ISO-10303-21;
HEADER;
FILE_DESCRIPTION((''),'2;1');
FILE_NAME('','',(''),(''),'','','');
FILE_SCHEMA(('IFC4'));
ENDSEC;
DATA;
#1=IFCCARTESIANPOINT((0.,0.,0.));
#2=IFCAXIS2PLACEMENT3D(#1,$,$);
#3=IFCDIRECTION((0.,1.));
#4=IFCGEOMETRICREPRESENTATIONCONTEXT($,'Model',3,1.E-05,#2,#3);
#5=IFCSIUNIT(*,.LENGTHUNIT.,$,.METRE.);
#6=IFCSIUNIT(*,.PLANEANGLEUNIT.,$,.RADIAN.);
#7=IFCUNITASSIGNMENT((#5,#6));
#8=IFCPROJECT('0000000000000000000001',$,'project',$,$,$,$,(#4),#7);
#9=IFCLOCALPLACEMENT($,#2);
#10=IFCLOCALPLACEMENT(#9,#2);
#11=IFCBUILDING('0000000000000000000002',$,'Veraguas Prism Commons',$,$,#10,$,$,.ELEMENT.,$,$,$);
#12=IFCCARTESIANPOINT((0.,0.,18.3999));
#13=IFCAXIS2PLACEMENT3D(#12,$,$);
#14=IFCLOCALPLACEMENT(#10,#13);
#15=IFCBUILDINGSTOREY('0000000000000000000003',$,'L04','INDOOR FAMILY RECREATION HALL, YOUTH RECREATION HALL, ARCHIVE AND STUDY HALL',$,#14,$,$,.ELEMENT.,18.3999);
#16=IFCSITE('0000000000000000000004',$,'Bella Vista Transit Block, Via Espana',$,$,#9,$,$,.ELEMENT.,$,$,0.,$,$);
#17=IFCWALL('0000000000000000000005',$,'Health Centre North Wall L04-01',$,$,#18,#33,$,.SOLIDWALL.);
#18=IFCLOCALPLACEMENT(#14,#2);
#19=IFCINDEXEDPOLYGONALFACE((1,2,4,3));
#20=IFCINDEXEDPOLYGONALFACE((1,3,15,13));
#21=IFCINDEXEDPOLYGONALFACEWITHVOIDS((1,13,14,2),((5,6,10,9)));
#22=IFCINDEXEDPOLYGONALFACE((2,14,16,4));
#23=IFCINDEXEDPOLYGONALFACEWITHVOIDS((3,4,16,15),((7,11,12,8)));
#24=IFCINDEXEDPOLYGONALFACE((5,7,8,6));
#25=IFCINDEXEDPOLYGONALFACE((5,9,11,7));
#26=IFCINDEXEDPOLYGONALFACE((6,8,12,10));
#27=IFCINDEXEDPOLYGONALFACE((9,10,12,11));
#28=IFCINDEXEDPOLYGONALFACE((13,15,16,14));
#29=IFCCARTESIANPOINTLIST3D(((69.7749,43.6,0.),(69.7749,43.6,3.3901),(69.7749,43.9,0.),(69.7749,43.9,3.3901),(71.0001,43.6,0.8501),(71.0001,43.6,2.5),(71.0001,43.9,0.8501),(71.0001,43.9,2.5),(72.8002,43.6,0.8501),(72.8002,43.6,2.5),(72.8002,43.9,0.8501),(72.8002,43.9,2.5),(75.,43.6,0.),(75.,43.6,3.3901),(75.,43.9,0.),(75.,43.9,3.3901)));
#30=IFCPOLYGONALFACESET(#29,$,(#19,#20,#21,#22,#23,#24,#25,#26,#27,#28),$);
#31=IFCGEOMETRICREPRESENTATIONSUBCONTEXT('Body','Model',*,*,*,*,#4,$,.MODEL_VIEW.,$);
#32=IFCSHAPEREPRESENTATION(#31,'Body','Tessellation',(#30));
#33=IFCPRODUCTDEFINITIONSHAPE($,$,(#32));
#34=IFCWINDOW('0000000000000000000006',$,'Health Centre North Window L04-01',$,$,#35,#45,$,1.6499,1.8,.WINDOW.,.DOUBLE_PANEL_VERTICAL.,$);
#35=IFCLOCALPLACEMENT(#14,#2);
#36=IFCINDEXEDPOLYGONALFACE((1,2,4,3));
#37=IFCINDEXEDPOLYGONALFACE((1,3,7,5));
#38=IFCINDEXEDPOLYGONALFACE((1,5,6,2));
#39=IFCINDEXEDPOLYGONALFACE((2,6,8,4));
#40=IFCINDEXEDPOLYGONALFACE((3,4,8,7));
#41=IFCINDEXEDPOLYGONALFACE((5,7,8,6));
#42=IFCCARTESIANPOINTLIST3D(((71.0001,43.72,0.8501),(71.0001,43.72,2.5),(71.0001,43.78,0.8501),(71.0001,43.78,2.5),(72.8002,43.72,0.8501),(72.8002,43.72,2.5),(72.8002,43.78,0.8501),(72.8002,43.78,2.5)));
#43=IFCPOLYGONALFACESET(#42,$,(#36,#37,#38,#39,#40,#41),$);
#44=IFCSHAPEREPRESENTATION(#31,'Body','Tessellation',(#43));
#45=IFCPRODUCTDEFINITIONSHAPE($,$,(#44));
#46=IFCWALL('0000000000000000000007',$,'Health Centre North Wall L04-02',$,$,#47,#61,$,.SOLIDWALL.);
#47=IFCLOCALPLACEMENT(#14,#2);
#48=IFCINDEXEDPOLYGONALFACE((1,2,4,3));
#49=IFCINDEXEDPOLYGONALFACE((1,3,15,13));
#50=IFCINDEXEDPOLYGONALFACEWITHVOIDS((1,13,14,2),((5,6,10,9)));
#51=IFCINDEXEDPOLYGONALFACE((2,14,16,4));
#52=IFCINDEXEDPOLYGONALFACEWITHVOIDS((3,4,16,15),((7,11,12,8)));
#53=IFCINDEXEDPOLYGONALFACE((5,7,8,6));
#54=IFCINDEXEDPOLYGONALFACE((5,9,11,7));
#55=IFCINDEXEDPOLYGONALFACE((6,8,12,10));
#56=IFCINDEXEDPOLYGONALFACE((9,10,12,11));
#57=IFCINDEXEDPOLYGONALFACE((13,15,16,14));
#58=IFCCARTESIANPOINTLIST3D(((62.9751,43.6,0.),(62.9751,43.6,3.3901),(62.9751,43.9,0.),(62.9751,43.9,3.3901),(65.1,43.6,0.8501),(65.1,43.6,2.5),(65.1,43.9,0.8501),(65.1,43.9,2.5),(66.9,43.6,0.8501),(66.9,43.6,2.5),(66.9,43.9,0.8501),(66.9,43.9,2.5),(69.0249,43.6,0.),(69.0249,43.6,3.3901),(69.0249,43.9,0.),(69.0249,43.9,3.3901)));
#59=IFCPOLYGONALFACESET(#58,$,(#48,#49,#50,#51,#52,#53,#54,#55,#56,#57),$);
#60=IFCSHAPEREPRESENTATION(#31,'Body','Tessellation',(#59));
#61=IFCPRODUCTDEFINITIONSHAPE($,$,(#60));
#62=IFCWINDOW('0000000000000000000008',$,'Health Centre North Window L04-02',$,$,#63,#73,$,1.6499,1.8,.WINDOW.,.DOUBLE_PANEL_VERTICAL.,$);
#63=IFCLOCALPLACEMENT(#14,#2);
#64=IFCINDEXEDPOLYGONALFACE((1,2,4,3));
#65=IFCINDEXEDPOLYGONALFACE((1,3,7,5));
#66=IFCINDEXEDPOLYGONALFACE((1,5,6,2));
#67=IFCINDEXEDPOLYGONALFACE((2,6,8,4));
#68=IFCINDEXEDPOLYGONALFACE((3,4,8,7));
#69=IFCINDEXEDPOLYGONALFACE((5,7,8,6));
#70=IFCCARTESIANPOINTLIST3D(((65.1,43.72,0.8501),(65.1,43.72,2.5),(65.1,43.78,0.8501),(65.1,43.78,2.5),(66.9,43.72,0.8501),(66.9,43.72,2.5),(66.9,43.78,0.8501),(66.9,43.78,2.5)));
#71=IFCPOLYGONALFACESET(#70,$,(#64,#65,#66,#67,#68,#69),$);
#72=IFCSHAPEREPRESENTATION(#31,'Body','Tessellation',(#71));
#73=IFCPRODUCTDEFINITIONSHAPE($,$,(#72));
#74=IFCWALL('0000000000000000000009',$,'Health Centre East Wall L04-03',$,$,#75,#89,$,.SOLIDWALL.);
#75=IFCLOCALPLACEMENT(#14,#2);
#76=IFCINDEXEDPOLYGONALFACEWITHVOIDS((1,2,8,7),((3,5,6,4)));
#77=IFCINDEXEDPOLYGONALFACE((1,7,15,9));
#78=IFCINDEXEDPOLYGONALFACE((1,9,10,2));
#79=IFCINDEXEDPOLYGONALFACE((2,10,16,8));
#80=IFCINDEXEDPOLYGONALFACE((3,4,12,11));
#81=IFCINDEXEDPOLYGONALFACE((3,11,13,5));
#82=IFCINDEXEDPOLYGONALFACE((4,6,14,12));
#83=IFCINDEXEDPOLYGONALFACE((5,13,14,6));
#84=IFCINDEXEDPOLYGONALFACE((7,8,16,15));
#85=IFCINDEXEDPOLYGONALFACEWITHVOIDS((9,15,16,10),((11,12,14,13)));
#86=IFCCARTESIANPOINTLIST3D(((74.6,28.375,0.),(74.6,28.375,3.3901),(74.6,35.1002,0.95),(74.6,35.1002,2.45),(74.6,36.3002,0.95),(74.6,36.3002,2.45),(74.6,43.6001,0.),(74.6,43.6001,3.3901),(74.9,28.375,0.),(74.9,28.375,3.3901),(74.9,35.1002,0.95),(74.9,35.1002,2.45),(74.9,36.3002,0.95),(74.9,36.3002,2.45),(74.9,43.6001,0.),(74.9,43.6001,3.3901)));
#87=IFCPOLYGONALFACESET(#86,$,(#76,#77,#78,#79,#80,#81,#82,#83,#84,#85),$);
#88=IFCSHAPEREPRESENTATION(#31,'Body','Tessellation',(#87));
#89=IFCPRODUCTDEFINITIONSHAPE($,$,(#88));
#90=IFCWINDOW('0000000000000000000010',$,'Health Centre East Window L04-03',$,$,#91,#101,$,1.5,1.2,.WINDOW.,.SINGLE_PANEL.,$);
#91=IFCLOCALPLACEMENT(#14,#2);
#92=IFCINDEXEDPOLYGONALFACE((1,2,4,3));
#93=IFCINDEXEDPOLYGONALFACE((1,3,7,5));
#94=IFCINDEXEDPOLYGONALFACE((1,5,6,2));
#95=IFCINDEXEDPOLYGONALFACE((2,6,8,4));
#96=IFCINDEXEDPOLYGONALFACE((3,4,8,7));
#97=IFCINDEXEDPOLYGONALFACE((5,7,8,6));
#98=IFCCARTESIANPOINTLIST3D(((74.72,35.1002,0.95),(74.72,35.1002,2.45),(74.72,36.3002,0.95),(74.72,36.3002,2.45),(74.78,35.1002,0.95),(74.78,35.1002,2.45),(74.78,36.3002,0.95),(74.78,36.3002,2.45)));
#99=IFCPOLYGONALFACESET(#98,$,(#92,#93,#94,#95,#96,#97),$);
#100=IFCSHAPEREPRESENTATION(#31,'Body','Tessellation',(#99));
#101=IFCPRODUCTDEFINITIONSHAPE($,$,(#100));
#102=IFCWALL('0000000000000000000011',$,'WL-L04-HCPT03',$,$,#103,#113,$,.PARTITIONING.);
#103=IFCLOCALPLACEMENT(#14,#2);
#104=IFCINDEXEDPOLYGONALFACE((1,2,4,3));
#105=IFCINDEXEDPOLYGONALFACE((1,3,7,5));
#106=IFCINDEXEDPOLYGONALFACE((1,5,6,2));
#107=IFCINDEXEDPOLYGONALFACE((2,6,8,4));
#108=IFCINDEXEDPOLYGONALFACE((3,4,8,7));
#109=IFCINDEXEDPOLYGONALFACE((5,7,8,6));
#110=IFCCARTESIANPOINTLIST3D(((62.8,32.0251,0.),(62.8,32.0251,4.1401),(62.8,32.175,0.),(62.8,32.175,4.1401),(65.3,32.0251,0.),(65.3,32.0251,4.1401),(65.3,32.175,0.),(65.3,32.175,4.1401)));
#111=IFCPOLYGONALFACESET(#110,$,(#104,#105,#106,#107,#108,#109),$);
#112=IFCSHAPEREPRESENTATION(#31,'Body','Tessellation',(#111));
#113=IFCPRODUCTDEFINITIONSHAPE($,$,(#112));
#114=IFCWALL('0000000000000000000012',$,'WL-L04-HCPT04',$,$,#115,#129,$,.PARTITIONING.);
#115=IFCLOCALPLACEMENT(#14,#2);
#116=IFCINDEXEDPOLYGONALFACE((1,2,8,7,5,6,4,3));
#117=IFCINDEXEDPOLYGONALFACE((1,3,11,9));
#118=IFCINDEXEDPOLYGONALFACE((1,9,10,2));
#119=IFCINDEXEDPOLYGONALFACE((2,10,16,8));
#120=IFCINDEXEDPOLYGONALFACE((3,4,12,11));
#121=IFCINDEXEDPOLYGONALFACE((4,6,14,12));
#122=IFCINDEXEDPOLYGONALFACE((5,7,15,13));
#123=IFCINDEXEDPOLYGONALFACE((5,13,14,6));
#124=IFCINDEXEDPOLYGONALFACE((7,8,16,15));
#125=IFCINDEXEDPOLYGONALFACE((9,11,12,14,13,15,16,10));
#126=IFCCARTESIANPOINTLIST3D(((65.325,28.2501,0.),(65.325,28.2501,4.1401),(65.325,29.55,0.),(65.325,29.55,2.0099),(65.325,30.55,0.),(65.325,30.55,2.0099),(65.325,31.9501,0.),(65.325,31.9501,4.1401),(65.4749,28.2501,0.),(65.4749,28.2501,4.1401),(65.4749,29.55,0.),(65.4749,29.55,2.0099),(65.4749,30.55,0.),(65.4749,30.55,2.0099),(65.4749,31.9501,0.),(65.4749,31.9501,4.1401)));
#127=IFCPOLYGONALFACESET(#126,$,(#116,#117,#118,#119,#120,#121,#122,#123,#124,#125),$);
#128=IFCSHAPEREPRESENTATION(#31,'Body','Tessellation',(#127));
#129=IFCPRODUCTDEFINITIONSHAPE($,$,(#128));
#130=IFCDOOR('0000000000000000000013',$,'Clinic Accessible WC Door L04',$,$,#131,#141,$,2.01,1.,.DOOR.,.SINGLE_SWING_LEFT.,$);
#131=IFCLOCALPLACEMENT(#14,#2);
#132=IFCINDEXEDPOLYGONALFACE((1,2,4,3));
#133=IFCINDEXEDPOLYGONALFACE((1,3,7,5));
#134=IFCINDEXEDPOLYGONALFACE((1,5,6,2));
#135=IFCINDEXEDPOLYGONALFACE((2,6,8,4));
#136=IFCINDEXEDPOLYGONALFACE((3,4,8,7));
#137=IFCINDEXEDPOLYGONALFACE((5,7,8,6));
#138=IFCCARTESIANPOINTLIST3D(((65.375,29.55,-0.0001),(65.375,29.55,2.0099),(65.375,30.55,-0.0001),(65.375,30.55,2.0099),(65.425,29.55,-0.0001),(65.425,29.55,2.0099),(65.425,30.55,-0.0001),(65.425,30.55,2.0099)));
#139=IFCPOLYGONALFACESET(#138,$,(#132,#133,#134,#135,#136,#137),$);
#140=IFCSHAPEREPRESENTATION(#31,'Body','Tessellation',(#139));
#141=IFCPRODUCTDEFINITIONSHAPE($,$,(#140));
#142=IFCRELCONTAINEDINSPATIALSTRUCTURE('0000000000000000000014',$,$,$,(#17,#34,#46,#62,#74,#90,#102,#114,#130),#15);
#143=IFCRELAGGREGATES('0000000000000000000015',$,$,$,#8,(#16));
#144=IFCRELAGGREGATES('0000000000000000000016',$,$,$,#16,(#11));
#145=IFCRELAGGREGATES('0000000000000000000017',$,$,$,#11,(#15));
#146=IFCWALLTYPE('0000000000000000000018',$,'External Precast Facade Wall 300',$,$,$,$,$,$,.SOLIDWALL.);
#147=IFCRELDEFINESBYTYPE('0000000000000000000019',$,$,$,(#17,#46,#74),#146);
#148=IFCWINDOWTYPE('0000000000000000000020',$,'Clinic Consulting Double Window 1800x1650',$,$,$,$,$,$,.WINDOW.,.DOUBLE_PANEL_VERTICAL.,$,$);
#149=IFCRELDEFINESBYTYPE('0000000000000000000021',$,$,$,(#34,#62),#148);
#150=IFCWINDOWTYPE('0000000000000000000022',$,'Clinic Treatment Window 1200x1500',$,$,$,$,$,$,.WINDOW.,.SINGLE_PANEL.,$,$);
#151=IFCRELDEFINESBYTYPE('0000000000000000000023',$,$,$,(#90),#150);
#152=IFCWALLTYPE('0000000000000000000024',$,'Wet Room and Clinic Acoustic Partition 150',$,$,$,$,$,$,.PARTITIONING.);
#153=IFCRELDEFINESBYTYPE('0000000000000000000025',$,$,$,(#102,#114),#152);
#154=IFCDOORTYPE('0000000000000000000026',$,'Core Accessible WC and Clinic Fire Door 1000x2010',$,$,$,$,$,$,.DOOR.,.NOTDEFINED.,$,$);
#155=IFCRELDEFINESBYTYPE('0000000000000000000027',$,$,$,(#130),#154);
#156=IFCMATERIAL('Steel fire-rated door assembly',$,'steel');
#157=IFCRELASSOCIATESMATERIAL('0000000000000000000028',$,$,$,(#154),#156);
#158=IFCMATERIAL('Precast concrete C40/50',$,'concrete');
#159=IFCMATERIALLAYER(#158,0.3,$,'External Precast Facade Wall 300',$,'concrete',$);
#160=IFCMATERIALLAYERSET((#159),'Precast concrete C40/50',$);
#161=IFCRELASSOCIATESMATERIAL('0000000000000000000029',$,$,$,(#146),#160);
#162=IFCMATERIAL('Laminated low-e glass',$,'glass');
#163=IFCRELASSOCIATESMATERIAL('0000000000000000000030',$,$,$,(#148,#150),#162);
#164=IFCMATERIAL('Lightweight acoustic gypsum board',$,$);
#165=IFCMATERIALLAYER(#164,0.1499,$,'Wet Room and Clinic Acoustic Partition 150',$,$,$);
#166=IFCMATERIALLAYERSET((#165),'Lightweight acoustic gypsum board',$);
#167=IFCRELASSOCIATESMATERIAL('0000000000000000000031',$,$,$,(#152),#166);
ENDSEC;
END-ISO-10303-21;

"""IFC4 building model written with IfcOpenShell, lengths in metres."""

from ifc_helpers import new_model, si_unit, direction, frame, frame_2d, origin, place, context, subcontext, project, spatial, rectangle, extrude, source, transform, mapped, material, layer, layer_set, type_object, element, fill, save


model = new_model("IFC4")

# Units and contexts
model_context = context("Model", 3, precision=1e-05, world=origin(), true_north=direction((0.0, 1.0)))
body_context = subcontext(model_context, "Body", "Model", "MODEL_VIEW")
ifc_project = project(units=[si_unit("LENGTHUNIT", "METRE"), si_unit("PLANEANGLEUNIT", "RADIAN")], contexts=[model_context])

# Site, building, storey
site_placement = place(None, origin())
site = spatial("IfcSite", under=ifc_project, at=site_placement, Name="Bella Vista Transit Block, Via Espana", CompositionType="ELEMENT", RefElevation=0.0)
building_placement = place(site_placement, origin())
building = spatial("IfcBuilding", under=site, at=building_placement, Name="Veraguas Prism Commons", CompositionType="ELEMENT")
storey_placement = place(building_placement, frame((0.0, 0.0, 18.3999)))
storey = spatial("IfcBuildingStorey", under=building, at=storey_placement, Name="L04", Description="INDOOR FAMILY RECREATION HALL, YOUTH RECREATION HALL, ARCHIVE AND STUDY HALL", CompositionType="ELEMENT", Elevation=18.3999)

# Shared definitions
ifc_material_1 = material(Name="Steel fire-rated door assembly", Category="steel")

# Shared definitions
door_type_1 = type_object("IfcDoorType", Name="Core Accessible WC and Clinic Fire Door 1000x2010", OperationType="NOTDEFINED", PredefinedType="DOOR", material=ifc_material_1)
shared_shape_1 = source(origin(), body_context, "Body", "SweptSolid", [
    extrude(rectangle(XDim=1.0, YDim=2.01, at=frame_2d((0.5, 1.0049))), frame((0.0, 0.0249, 0.0), z_axis=(0.0, -1.0, 0.0), x_axis=(1.0, 0.0, 0.0)), (0.0, 0.0, 1.0), 0.05),
])

# Walls, openings, windows
ifc_material_2 = material(Name="Precast concrete C40/50", Category="concrete")
ifc_layer_1 = layer(ifc_material_2, 0.3, Name="External Precast Facade Wall 300", Category="concrete")
ifc_layer_set_1 = layer_set([ifc_layer_1], Name="Precast concrete C40/50")
wall_type_1 = type_object("IfcWallType", Name="External Precast Facade Wall 300", PredefinedType="SOLIDWALL", material=ifc_layer_set_1)
wall_1_placement = place(storey_placement, frame((75.0, 43.75, 0.0), z_axis=(0.0, 0.0, 1.0), x_axis=(-1.0, 0.0, 0.0)))
wall_1 = element("IfcWall", 1, at=wall_1_placement, inside=storey, type_object=wall_type_1, Name="Health Centre North Wall L04-01", PredefinedType="SOLIDWALL", context=body_context, shape_type="SweptSolid", body=[
    extrude(rectangle(XDim=5.2251, YDim=0.3, at=frame_2d((2.6125, 0.0))), origin(), (0.0, 0.0, 1.0), 3.3901),
])
opening_1_placement = place(wall_1_placement, frame((2.2, 0.0, 0.8501)))
opening_1 = element("IfcOpeningElement", 2, at=opening_1_placement, cuts=wall_1, PredefinedType="OPENING", context=body_context, shape_type="SweptSolid", body=[
    extrude(rectangle(XDim=1.8, YDim=1.6499, at=frame_2d((0.8999, 0.825))), frame((0.0, 0.1599, 0.0), z_axis=(0.0, -1.0, 0.0), x_axis=(1.0, 0.0, 0.0)), (0.0, 0.0, 1.0), 0.3201),
])
ifc_material_3 = material(Name="Laminated low-e glass", Category="glass")
window_type_1 = type_object("IfcWindowType", Name="Clinic Consulting Double Window 1800x1650", PartitioningType="DOUBLE_PANEL_VERTICAL", PredefinedType="WINDOW", material=ifc_material_3)
shared_shape_2 = source(origin(), body_context, "Body", "SweptSolid", [
    extrude(rectangle(XDim=1.8, YDim=1.6499, at=frame_2d((0.8999, 0.825))), frame((0.0, 0.03, 0.0), z_axis=(0.0, -1.0, 0.0), x_axis=(1.0, 0.0, 0.0)), (0.0, 0.0, 1.0), 0.0601),
])
window_1_placement = place(opening_1_placement, origin())
window_1 = element("IfcWindow", 3, at=window_1_placement, inside=storey, type_object=window_type_1, Name="Health Centre North Window L04-01", OverallHeight=1.6499, OverallWidth=1.8, PartitioningType="DOUBLE_PANEL_VERTICAL", PredefinedType="WINDOW", context=body_context, shape_type="MappedRepresentation", body=[
    mapped(shared_shape_2, transform((0.0, 0.0, 0.0), scale=1.0)),
])
fill(opening_1, window_1)
wall_2_placement = place(storey_placement, frame((69.0249, 43.75, 0.0), z_axis=(0.0, 0.0, 1.0), x_axis=(-1.0, 0.0, 0.0)))
wall_2 = element("IfcWall", 4, at=wall_2_placement, inside=storey, type_object=wall_type_1, Name="Health Centre North Wall L04-02", PredefinedType="SOLIDWALL", context=body_context, shape_type="SweptSolid", body=[
    extrude(rectangle(XDim=6.0498, YDim=0.3, at=frame_2d((3.0249, 0.0))), origin(), (0.0, 0.0, 1.0), 3.3901),
])
opening_2_placement = place(wall_2_placement, frame((2.125, 0.0, 0.8501)))
opening_2 = element("IfcOpeningElement", 5, at=opening_2_placement, cuts=wall_2, PredefinedType="OPENING", context=body_context, shape_type="SweptSolid", body=[
    extrude(rectangle(XDim=1.8, YDim=1.6499, at=frame_2d((0.8999, 0.825))), frame((0.0, 0.1599, 0.0), z_axis=(0.0, -1.0, 0.0), x_axis=(1.0, 0.0, 0.0)), (0.0, 0.0, 1.0), 0.3201),
])
window_2_placement = place(opening_2_placement, origin())
window_2 = element("IfcWindow", 6, at=window_2_placement, inside=storey, type_object=window_type_1, Name="Health Centre North Window L04-02", OverallHeight=1.6499, OverallWidth=1.8, PartitioningType="DOUBLE_PANEL_VERTICAL", PredefinedType="WINDOW", context=body_context, shape_type="MappedRepresentation", body=[
    mapped(shared_shape_2, transform((0.0, 0.0, 0.0), scale=1.0)),
])
fill(opening_2, window_2)
wall_3_placement = place(storey_placement, frame((74.75, 28.375, 0.0), z_axis=(0.0, 0.0, 1.0), x_axis=(0.0, 1.0, 0.0)))
wall_3 = element("IfcWall", 7, at=wall_3_placement, inside=storey, type_object=wall_type_1, Name="Health Centre East Wall L04-03", PredefinedType="SOLIDWALL", context=body_context, shape_type="SweptSolid", body=[
    extrude(rectangle(XDim=15.2251, YDim=0.3, at=frame_2d((7.6125, 0.0))), origin(), (0.0, 0.0, 1.0), 3.3901),
])
opening_3_placement = place(wall_3_placement, frame((6.7251, 0.0, 0.95)))
opening_3 = element("IfcOpeningElement", 8, at=opening_3_placement, cuts=wall_3, PredefinedType="OPENING", context=body_context, shape_type="SweptSolid", body=[
    extrude(rectangle(XDim=1.2, YDim=1.5, at=frame_2d((0.6001, 0.75))), frame((0.0, 0.1599, 0.0), z_axis=(0.0, -1.0, 0.0), x_axis=(1.0, 0.0, 0.0)), (0.0, 0.0, 1.0), 0.3201),
])
window_type_2 = type_object("IfcWindowType", Name="Clinic Treatment Window 1200x1500", PartitioningType="SINGLE_PANEL", PredefinedType="WINDOW", material=ifc_material_3)
shared_shape_3 = source(origin(), body_context, "Body", "SweptSolid", [
    extrude(rectangle(XDim=1.2, YDim=1.5, at=frame_2d((0.6001, 0.75))), frame((0.0, 0.03, 0.0), z_axis=(0.0, -1.0, 0.0), x_axis=(1.0, 0.0, 0.0)), (0.0, 0.0, 1.0), 0.0601),
])
window_3_placement = place(opening_3_placement, origin())
window_3 = element("IfcWindow", 9, at=window_3_placement, inside=storey, type_object=window_type_2, Name="Health Centre East Window L04-03", OverallHeight=1.5, OverallWidth=1.2, PartitioningType="SINGLE_PANEL", PredefinedType="WINDOW", context=body_context, shape_type="MappedRepresentation", body=[
    mapped(shared_shape_3, transform((0.0, 0.0, 0.0), scale=1.0)),
])
fill(opening_3, window_3)

# Wall
ifc_material_4 = material(Name="Lightweight acoustic gypsum board")
ifc_layer_2 = layer(ifc_material_4, 0.1499, Name="Wet Room and Clinic Acoustic Partition 150")
ifc_layer_set_2 = layer_set([ifc_layer_2], Name="Lightweight acoustic gypsum board")
wall_type_2 = type_object("IfcWallType", Name="Wet Room and Clinic Acoustic Partition 150", PredefinedType="PARTITIONING", material=ifc_layer_set_2)
wall_4_placement = place(storey_placement, frame((62.8, 32.1001, 0.0), z_axis=(0.0, 0.0, 1.0), x_axis=(1.0, 0.0, 0.0)))
element("IfcWall", 10, at=wall_4_placement, inside=storey, type_object=wall_type_2, Name="WL-L04-HCPT03", PredefinedType="PARTITIONING", context=body_context, shape_type="SweptSolid", body=[
    extrude(rectangle(XDim=2.5, YDim=0.1499, at=frame_2d((1.25, 0.0))), origin(), (0.0, 0.0, 1.0), 4.1401),
])

# Wall, opening, door
wall_5_placement = place(storey_placement, frame((65.3999, 28.25, 0.0), z_axis=(0.0, 0.0, 1.0), x_axis=(0.0, 1.0, 0.0)))
wall_5 = element("IfcWall", 11, at=wall_5_placement, inside=storey, type_object=wall_type_2, Name="WL-L04-HCPT04", PredefinedType="PARTITIONING", context=body_context, shape_type="SweptSolid", body=[
    extrude(rectangle(XDim=3.7, YDim=0.1499, at=frame_2d((1.8501, 0.0))), origin(), (0.0, 0.0, 1.0), 4.1401),
])
opening_4_placement = place(wall_5_placement, frame((1.3, 0.0, 0.0)))
opening_4 = element("IfcOpeningElement", 12, at=opening_4_placement, cuts=wall_5, PredefinedType="OPENING", context=body_context, shape_type="SweptSolid", body=[
    extrude(rectangle(XDim=1.0, YDim=2.01, at=frame_2d((0.5, 1.0049))), frame((0.0, 0.085, 0.0), z_axis=(0.0, -1.0, 0.0), x_axis=(1.0, 0.0, 0.0)), (0.0, 0.0, 1.0), 0.1699),
])
door_1_placement = place(opening_4_placement, origin())
door_1 = element("IfcDoor", 13, at=door_1_placement, inside=storey, type_object=door_type_1, Name="Clinic Accessible WC Door L04", OperationType="SINGLE_SWING_LEFT", OverallHeight=2.01, OverallWidth=1.0, PredefinedType="DOOR", context=body_context, shape_type="MappedRepresentation", body=[
    mapped(shared_shape_1, transform((0.0, 0.0, 0.0), scale=1.0)),
])
fill(opening_4, door_1)

save(model, "model.ifc")
